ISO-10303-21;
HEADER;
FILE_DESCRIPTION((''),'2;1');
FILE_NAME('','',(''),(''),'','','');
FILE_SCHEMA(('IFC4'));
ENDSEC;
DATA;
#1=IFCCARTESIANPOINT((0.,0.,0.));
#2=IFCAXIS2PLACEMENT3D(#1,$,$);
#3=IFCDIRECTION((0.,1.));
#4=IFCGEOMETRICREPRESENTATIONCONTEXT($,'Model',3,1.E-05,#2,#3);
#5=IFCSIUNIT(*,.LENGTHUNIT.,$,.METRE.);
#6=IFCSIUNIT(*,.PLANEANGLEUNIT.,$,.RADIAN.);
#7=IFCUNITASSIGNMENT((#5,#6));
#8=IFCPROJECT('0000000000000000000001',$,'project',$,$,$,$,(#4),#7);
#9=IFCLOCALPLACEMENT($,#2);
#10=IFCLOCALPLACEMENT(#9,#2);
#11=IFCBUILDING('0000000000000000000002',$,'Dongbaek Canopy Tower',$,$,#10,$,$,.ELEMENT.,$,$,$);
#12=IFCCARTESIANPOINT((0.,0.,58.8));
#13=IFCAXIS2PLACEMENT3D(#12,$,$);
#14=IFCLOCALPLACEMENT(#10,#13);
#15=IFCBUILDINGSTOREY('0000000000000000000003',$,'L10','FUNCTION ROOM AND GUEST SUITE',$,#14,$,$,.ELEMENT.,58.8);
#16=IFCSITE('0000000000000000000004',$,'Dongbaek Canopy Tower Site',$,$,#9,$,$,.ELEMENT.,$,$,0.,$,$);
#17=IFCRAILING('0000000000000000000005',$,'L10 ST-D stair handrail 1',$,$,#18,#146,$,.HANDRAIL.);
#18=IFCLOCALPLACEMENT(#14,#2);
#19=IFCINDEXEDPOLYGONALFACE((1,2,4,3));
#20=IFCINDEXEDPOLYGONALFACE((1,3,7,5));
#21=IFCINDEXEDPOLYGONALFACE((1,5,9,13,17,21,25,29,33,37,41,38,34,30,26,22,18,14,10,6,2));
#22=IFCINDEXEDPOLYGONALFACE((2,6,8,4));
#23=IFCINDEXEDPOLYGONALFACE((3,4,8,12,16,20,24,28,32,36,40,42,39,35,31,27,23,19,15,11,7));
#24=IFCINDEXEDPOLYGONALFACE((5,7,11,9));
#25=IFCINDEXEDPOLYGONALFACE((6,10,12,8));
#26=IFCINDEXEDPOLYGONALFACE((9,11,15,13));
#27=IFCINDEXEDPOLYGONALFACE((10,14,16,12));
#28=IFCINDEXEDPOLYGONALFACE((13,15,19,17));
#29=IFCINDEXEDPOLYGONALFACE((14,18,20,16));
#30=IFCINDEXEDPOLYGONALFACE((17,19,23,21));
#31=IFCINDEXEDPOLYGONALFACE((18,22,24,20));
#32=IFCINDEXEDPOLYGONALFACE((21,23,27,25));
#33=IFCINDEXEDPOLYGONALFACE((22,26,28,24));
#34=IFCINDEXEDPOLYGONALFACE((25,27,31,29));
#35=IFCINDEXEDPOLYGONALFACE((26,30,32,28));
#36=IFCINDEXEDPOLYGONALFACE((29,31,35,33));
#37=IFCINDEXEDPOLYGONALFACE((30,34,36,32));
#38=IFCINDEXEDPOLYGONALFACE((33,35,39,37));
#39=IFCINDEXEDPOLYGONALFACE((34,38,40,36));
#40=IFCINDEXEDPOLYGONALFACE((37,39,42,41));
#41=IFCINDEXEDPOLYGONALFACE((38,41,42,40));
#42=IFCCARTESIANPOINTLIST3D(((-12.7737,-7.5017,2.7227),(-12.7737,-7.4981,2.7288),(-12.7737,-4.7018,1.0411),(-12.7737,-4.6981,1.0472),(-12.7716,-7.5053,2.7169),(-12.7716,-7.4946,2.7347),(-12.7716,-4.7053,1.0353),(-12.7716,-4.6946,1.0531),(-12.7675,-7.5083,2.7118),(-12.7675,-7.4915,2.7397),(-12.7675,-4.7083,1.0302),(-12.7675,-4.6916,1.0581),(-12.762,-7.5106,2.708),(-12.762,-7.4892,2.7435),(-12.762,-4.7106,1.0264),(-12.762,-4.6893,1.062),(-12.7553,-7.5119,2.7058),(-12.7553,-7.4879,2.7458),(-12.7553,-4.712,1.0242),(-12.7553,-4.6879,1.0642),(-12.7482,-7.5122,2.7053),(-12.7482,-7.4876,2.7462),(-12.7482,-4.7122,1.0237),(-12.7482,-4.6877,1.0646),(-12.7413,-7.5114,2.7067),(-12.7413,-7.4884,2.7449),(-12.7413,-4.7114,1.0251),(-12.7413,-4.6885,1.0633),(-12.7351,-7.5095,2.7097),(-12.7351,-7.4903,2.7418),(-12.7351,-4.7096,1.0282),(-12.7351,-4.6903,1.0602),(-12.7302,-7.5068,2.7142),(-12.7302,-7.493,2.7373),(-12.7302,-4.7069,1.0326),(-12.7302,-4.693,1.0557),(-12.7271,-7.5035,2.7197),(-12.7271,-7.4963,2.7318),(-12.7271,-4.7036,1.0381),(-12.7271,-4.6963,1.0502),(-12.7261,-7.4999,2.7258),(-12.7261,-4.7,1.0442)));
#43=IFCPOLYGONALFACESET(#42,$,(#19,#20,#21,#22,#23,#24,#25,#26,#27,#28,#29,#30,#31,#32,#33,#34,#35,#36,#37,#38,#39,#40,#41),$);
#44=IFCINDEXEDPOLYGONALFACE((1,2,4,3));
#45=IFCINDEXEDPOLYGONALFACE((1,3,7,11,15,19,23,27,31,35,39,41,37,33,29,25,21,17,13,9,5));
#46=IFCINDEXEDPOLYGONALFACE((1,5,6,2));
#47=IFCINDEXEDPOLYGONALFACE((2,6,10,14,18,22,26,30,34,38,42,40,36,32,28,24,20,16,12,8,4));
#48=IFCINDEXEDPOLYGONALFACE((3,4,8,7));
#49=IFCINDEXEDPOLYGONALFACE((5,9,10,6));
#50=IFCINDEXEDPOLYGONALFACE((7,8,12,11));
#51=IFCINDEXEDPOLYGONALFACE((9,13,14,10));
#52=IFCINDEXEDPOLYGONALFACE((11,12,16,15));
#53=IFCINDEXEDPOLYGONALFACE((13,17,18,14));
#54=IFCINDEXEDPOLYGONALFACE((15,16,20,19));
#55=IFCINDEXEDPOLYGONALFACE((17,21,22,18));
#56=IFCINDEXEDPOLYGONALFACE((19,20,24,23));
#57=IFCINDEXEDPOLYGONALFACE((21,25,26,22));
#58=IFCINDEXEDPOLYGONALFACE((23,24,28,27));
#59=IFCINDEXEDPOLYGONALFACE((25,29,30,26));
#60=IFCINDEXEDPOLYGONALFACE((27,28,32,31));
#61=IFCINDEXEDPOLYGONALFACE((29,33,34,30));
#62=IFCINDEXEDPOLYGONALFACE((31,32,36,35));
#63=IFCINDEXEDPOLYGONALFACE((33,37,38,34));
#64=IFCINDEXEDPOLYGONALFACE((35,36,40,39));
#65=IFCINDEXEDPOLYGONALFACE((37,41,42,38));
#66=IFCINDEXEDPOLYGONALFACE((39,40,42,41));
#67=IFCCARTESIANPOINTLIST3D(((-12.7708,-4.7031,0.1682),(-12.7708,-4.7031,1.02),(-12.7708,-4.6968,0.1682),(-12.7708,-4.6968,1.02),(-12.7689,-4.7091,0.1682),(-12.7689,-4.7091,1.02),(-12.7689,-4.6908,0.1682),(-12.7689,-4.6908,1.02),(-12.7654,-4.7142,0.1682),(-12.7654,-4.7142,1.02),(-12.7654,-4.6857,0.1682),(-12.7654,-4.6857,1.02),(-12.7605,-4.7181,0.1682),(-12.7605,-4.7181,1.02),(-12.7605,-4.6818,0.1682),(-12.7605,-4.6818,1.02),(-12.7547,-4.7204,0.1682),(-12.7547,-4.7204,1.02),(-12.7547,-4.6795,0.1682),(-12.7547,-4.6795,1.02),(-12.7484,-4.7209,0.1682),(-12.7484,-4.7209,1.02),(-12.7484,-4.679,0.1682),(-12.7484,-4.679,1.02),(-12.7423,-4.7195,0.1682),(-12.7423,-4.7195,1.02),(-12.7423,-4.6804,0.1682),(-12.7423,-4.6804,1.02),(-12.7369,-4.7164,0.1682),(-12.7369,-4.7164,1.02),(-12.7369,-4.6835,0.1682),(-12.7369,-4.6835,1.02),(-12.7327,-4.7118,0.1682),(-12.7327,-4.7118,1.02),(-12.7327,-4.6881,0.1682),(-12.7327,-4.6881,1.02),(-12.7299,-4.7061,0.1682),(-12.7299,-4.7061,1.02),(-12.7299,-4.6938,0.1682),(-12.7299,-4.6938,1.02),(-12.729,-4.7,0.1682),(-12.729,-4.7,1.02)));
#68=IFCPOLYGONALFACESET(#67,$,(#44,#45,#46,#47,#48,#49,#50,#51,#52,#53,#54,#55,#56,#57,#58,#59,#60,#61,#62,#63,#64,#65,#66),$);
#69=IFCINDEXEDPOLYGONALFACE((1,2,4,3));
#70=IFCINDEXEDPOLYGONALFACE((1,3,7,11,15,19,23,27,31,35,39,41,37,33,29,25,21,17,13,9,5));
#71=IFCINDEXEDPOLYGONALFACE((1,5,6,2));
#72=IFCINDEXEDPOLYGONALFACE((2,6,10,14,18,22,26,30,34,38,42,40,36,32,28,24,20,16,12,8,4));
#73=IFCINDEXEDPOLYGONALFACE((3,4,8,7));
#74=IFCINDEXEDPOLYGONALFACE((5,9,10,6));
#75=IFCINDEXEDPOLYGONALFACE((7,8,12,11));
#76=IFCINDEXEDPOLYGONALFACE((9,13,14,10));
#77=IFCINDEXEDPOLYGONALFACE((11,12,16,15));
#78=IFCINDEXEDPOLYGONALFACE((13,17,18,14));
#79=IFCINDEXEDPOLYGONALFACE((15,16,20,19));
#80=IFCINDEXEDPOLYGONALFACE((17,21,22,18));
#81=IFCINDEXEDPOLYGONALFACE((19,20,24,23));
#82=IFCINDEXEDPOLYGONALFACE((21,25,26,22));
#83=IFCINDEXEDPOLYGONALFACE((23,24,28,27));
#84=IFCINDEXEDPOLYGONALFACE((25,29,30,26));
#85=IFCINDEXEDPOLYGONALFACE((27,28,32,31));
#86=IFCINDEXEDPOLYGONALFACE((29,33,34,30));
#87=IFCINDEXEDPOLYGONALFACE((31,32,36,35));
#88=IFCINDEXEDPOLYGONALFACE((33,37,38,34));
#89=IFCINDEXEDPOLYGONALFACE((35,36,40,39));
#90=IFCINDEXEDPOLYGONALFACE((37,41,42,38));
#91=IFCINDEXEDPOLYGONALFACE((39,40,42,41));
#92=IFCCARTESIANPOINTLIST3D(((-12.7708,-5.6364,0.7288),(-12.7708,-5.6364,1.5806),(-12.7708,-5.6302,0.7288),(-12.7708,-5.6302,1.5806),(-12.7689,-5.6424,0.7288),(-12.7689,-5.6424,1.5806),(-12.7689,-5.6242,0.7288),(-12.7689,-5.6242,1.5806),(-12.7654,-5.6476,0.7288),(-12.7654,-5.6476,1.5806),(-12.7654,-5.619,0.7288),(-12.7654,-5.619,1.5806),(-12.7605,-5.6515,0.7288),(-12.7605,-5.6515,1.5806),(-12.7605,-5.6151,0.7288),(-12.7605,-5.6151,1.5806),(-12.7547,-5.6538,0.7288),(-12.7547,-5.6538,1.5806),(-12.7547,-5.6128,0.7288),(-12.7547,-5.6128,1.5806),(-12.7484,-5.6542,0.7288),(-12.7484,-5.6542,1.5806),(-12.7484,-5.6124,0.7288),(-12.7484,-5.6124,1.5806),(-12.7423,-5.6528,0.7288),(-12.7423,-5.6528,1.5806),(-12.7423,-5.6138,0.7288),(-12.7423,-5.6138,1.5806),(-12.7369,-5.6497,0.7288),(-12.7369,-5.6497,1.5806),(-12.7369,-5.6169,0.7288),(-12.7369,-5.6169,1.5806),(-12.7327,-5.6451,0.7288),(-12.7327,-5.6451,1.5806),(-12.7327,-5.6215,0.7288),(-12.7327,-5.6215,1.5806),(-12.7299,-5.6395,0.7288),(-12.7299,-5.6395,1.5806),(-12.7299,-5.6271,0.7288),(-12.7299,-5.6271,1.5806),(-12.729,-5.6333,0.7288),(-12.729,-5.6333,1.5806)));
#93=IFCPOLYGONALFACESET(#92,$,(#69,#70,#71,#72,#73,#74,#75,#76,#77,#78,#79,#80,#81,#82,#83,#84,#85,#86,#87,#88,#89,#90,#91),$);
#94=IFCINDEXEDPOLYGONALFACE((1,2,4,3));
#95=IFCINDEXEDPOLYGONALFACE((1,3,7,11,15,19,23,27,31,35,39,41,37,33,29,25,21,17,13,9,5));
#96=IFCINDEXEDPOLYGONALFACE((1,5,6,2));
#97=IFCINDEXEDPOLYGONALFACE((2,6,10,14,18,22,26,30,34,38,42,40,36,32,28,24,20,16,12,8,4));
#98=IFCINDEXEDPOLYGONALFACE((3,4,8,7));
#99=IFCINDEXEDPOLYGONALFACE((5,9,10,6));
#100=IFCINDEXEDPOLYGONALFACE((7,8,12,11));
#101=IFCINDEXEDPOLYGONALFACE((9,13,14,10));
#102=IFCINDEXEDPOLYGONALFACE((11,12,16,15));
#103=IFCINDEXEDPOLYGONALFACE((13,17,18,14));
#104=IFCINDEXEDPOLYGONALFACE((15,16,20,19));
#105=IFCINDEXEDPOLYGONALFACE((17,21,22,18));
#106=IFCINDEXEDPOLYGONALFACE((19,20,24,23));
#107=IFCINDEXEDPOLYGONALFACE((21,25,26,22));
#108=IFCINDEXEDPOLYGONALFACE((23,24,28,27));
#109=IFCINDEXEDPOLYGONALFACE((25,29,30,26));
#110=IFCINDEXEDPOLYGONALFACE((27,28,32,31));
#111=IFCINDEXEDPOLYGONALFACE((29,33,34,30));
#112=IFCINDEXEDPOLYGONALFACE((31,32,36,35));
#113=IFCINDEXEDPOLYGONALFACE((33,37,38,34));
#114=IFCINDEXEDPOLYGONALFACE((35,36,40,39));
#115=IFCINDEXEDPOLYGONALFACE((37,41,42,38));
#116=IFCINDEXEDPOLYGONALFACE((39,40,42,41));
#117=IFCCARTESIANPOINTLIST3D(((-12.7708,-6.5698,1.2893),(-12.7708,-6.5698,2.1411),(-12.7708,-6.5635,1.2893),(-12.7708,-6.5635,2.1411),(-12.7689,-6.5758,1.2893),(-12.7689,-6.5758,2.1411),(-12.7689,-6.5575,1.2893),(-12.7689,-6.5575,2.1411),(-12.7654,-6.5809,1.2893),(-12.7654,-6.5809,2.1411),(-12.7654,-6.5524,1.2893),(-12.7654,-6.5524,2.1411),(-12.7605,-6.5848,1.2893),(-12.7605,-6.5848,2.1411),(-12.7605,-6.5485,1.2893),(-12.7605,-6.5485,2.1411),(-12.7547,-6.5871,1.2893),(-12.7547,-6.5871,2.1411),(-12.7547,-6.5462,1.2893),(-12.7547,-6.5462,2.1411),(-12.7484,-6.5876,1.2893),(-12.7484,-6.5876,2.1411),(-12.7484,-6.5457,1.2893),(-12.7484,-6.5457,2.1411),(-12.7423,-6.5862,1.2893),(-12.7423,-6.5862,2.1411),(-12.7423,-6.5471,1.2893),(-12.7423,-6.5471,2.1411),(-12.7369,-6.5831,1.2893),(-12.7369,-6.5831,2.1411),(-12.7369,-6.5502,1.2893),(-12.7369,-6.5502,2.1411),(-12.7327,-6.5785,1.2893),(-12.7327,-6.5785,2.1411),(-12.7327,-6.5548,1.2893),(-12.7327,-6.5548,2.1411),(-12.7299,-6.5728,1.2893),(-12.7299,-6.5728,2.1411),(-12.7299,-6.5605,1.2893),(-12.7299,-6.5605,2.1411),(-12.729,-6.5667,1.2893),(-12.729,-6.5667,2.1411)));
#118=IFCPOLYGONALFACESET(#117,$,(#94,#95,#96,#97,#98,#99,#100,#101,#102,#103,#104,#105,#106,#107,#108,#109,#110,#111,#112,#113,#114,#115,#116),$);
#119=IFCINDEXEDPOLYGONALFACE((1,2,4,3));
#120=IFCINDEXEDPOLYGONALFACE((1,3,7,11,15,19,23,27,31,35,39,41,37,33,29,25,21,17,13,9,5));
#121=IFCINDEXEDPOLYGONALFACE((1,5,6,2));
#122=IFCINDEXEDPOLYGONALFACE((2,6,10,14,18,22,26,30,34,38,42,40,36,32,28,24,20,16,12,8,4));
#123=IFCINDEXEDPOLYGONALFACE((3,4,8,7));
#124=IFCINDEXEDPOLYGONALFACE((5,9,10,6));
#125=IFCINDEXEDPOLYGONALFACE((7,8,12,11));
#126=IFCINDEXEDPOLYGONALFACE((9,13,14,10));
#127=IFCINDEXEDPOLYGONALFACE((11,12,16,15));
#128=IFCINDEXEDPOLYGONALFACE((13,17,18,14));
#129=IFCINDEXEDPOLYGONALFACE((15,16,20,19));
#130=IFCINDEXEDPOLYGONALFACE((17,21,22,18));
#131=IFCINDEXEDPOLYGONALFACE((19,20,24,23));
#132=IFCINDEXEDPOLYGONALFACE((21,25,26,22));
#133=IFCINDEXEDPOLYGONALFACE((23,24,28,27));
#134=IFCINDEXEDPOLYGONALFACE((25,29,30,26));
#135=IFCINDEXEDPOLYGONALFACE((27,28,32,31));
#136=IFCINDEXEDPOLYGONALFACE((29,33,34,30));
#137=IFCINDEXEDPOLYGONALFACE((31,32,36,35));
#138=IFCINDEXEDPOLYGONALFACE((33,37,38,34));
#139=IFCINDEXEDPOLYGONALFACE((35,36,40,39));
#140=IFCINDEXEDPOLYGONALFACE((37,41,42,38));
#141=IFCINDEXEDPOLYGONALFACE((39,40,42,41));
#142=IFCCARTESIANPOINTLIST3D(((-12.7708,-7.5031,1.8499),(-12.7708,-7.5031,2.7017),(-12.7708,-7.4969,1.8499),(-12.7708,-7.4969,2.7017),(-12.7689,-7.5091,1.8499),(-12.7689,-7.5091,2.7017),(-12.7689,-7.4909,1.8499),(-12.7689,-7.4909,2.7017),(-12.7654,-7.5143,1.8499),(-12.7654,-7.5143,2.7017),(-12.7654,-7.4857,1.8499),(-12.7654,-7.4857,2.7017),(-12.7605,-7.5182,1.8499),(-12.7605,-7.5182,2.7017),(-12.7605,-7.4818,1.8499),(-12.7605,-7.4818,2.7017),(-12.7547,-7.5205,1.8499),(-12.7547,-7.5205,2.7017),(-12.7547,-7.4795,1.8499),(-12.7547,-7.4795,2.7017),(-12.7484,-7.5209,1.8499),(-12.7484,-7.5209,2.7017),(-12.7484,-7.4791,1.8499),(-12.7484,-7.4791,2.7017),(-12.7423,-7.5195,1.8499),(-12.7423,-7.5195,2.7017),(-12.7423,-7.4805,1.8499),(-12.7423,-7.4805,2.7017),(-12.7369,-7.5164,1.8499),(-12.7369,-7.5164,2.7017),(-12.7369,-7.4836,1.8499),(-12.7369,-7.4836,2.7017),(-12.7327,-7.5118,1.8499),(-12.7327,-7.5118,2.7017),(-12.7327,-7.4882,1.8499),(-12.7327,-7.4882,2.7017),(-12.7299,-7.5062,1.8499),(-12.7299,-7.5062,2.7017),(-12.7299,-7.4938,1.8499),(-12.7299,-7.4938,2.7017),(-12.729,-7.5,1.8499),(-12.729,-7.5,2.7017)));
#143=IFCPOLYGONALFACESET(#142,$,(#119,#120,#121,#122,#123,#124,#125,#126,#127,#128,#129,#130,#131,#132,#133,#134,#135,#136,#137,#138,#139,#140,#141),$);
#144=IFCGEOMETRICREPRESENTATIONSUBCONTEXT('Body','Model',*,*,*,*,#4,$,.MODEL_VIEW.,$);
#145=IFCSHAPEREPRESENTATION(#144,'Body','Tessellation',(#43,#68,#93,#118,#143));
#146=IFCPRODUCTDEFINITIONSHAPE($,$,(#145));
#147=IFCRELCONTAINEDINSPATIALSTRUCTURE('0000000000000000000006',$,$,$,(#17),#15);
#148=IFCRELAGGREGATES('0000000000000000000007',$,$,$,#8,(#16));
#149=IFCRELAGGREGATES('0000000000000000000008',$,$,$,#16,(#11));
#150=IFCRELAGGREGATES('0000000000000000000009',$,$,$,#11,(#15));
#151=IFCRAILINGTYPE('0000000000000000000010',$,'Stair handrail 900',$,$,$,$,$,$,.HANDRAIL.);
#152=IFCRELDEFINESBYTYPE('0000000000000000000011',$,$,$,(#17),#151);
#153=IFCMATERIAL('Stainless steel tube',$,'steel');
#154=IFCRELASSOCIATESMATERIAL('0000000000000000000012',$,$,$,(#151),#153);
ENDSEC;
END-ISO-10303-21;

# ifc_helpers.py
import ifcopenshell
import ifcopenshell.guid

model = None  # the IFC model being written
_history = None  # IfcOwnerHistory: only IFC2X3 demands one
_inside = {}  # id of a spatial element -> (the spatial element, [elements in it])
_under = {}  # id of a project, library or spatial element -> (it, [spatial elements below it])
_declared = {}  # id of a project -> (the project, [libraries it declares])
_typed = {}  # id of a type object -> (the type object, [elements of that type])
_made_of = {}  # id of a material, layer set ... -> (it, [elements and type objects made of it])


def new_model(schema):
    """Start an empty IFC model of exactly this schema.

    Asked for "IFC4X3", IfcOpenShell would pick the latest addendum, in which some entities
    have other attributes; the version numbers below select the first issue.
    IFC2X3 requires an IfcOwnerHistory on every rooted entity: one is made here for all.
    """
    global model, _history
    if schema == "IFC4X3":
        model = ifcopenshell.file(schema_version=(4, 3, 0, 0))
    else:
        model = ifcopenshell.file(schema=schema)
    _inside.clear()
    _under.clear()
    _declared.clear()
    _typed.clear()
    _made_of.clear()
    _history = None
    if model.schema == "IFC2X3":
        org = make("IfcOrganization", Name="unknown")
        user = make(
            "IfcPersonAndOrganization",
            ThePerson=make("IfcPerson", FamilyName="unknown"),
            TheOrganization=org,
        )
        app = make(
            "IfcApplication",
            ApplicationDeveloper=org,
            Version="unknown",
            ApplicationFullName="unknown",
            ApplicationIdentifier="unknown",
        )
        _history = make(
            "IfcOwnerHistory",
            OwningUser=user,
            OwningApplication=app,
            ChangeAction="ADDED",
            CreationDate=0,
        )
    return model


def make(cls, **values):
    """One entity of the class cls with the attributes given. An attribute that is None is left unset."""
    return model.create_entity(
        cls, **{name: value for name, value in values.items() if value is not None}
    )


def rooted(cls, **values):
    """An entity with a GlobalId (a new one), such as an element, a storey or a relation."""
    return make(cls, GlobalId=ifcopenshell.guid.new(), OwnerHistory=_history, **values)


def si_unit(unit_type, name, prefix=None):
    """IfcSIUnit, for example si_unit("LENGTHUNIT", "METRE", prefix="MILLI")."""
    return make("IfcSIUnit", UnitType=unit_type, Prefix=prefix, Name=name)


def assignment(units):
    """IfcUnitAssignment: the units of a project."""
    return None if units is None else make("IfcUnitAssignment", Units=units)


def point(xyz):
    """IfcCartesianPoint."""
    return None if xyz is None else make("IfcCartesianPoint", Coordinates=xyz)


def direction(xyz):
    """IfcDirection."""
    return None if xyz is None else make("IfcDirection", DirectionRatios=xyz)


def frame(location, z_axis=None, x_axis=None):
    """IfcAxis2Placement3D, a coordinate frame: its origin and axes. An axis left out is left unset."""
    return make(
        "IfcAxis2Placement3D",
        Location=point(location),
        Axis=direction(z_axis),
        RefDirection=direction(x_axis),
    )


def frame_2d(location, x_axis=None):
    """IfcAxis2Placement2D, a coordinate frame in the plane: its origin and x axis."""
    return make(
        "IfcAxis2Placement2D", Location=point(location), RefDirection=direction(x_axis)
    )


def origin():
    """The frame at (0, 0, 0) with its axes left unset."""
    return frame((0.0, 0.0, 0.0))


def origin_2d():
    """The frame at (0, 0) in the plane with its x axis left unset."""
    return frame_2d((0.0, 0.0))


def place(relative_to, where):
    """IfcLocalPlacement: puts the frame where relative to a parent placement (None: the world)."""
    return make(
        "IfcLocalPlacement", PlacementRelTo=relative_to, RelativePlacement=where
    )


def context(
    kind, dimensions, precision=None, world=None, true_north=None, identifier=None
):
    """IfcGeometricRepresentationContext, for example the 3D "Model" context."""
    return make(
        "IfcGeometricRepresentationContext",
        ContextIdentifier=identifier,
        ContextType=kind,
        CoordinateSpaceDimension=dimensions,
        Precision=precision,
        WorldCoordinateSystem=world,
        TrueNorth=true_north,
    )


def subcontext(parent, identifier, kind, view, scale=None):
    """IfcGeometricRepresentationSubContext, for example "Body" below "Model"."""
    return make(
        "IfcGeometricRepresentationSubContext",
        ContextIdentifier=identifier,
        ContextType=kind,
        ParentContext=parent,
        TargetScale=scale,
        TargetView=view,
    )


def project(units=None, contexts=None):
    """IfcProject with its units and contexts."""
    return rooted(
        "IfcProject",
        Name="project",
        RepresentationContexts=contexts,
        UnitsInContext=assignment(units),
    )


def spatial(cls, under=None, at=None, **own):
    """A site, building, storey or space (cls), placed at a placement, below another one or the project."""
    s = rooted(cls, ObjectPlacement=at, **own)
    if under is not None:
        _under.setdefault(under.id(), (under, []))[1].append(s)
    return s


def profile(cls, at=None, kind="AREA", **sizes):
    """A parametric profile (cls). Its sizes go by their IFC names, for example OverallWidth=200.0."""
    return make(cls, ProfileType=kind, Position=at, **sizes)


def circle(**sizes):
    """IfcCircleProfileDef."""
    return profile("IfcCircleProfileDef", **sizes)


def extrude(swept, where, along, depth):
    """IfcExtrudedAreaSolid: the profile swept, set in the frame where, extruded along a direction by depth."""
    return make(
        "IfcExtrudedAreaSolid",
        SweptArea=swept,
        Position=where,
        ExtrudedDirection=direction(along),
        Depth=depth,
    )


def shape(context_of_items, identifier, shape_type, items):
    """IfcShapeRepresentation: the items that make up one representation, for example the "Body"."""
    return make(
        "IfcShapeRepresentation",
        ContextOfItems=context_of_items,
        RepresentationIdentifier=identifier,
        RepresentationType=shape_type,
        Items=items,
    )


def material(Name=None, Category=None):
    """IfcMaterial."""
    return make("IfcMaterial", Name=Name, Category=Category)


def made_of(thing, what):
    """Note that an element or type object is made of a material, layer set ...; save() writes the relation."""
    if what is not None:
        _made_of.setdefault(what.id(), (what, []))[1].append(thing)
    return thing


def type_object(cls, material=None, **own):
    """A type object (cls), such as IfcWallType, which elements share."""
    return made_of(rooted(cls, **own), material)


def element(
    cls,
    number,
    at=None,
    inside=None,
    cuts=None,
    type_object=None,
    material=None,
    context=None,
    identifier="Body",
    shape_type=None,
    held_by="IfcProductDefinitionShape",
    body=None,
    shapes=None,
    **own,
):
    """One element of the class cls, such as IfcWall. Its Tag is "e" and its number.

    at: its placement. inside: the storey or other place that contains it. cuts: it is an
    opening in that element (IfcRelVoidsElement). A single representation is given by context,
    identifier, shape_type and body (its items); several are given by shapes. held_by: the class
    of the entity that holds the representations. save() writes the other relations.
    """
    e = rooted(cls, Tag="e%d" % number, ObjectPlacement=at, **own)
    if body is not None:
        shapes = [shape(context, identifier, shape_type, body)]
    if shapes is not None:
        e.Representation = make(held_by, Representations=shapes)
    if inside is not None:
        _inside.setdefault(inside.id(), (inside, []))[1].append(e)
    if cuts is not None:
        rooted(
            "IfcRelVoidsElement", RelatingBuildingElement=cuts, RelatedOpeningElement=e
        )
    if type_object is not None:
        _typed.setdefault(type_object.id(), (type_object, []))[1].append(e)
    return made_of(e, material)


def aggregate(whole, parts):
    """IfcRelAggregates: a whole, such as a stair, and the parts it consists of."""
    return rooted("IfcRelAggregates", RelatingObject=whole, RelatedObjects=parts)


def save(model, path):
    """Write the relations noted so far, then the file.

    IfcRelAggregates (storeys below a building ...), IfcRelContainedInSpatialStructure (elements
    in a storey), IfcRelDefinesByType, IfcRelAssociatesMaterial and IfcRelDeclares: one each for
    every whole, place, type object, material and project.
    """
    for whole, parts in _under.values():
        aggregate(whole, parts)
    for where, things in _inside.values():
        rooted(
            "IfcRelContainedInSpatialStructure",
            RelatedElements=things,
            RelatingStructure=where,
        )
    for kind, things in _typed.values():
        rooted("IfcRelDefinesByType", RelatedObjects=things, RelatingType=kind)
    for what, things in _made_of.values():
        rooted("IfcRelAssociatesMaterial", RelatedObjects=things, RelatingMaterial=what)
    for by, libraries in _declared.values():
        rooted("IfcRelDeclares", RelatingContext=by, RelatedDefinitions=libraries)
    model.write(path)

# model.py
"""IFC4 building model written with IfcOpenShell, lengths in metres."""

from ifc_helpers import new_model, si_unit, direction, frame, origin, origin_2d, place, context, subcontext, project, spatial, circle, extrude, material, type_object, element, save


model = new_model("IFC4")

# Units and contexts
model_context = context("Model", 3, precision=1e-05, world=origin(), true_north=direction((0.0, 1.0)))
body_context = subcontext(model_context, "Body", "Model", "MODEL_VIEW")
ifc_project = project(units=[si_unit("LENGTHUNIT", "METRE"), si_unit("PLANEANGLEUNIT", "RADIAN")], contexts=[model_context])

# Site, building, storey
site_placement = place(None, origin())
site = spatial("IfcSite", under=ifc_project, at=site_placement, Name="Dongbaek Canopy Tower Site", CompositionType="ELEMENT", RefElevation=0.0)
building_placement = place(site_placement, origin())
building = spatial("IfcBuilding", under=site, at=building_placement, Name="Dongbaek Canopy Tower", CompositionType="ELEMENT")
storey_placement = place(building_placement, frame((0.0, 0.0, 58.8)))
storey = spatial("IfcBuildingStorey", under=building, at=storey_placement, Name="L10", Description="FUNCTION ROOM AND GUEST SUITE", CompositionType="ELEMENT", Elevation=58.8)

# Railing
ifc_material_1 = material(Name="Stainless steel tube", Category="steel")
railing_type_1 = type_object("IfcRailingType", Name="Stair handrail 900", PredefinedType="HANDRAIL", material=ifc_material_1)
railing_1_placement = place(storey_placement, frame((-12.75, -4.7, 0.1682)))
element("IfcRailing", 1, at=railing_1_placement, inside=storey, type_object=railing_type_1, Name="L10 ST-D stair handrail 1", PredefinedType="HANDRAIL", context=body_context, shape_type="SweptSolid", body=[
    extrude(circle(Radius=0.0239, at=origin_2d()), frame((0.0, 0.0, 0.876), z_axis=(0.0, -0.857275, 0.514858), x_axis=(1.0, 0.0, 0.0)), (0.0, 0.0, 1.0), 3.2661),
    extrude(circle(Radius=0.021, at=origin_2d()), origin(), (0.0, 0.0, 1.0), 0.8518),
    extrude(circle(Radius=0.021, at=origin_2d()), frame((0.0, -0.9333, 0.5605)), (0.0, 0.0, 1.0), 0.8518),
    extrude(circle(Radius=0.021, at=origin_2d()), frame((0.0, -1.8667, 1.1211)), (0.0, 0.0, 1.0), 0.8518),
    extrude(circle(Radius=0.021, at=origin_2d()), frame((0.0, -2.8, 1.6816)), (0.0, 0.0, 1.0), 0.8518),
])

save(model, "model.ifc")
